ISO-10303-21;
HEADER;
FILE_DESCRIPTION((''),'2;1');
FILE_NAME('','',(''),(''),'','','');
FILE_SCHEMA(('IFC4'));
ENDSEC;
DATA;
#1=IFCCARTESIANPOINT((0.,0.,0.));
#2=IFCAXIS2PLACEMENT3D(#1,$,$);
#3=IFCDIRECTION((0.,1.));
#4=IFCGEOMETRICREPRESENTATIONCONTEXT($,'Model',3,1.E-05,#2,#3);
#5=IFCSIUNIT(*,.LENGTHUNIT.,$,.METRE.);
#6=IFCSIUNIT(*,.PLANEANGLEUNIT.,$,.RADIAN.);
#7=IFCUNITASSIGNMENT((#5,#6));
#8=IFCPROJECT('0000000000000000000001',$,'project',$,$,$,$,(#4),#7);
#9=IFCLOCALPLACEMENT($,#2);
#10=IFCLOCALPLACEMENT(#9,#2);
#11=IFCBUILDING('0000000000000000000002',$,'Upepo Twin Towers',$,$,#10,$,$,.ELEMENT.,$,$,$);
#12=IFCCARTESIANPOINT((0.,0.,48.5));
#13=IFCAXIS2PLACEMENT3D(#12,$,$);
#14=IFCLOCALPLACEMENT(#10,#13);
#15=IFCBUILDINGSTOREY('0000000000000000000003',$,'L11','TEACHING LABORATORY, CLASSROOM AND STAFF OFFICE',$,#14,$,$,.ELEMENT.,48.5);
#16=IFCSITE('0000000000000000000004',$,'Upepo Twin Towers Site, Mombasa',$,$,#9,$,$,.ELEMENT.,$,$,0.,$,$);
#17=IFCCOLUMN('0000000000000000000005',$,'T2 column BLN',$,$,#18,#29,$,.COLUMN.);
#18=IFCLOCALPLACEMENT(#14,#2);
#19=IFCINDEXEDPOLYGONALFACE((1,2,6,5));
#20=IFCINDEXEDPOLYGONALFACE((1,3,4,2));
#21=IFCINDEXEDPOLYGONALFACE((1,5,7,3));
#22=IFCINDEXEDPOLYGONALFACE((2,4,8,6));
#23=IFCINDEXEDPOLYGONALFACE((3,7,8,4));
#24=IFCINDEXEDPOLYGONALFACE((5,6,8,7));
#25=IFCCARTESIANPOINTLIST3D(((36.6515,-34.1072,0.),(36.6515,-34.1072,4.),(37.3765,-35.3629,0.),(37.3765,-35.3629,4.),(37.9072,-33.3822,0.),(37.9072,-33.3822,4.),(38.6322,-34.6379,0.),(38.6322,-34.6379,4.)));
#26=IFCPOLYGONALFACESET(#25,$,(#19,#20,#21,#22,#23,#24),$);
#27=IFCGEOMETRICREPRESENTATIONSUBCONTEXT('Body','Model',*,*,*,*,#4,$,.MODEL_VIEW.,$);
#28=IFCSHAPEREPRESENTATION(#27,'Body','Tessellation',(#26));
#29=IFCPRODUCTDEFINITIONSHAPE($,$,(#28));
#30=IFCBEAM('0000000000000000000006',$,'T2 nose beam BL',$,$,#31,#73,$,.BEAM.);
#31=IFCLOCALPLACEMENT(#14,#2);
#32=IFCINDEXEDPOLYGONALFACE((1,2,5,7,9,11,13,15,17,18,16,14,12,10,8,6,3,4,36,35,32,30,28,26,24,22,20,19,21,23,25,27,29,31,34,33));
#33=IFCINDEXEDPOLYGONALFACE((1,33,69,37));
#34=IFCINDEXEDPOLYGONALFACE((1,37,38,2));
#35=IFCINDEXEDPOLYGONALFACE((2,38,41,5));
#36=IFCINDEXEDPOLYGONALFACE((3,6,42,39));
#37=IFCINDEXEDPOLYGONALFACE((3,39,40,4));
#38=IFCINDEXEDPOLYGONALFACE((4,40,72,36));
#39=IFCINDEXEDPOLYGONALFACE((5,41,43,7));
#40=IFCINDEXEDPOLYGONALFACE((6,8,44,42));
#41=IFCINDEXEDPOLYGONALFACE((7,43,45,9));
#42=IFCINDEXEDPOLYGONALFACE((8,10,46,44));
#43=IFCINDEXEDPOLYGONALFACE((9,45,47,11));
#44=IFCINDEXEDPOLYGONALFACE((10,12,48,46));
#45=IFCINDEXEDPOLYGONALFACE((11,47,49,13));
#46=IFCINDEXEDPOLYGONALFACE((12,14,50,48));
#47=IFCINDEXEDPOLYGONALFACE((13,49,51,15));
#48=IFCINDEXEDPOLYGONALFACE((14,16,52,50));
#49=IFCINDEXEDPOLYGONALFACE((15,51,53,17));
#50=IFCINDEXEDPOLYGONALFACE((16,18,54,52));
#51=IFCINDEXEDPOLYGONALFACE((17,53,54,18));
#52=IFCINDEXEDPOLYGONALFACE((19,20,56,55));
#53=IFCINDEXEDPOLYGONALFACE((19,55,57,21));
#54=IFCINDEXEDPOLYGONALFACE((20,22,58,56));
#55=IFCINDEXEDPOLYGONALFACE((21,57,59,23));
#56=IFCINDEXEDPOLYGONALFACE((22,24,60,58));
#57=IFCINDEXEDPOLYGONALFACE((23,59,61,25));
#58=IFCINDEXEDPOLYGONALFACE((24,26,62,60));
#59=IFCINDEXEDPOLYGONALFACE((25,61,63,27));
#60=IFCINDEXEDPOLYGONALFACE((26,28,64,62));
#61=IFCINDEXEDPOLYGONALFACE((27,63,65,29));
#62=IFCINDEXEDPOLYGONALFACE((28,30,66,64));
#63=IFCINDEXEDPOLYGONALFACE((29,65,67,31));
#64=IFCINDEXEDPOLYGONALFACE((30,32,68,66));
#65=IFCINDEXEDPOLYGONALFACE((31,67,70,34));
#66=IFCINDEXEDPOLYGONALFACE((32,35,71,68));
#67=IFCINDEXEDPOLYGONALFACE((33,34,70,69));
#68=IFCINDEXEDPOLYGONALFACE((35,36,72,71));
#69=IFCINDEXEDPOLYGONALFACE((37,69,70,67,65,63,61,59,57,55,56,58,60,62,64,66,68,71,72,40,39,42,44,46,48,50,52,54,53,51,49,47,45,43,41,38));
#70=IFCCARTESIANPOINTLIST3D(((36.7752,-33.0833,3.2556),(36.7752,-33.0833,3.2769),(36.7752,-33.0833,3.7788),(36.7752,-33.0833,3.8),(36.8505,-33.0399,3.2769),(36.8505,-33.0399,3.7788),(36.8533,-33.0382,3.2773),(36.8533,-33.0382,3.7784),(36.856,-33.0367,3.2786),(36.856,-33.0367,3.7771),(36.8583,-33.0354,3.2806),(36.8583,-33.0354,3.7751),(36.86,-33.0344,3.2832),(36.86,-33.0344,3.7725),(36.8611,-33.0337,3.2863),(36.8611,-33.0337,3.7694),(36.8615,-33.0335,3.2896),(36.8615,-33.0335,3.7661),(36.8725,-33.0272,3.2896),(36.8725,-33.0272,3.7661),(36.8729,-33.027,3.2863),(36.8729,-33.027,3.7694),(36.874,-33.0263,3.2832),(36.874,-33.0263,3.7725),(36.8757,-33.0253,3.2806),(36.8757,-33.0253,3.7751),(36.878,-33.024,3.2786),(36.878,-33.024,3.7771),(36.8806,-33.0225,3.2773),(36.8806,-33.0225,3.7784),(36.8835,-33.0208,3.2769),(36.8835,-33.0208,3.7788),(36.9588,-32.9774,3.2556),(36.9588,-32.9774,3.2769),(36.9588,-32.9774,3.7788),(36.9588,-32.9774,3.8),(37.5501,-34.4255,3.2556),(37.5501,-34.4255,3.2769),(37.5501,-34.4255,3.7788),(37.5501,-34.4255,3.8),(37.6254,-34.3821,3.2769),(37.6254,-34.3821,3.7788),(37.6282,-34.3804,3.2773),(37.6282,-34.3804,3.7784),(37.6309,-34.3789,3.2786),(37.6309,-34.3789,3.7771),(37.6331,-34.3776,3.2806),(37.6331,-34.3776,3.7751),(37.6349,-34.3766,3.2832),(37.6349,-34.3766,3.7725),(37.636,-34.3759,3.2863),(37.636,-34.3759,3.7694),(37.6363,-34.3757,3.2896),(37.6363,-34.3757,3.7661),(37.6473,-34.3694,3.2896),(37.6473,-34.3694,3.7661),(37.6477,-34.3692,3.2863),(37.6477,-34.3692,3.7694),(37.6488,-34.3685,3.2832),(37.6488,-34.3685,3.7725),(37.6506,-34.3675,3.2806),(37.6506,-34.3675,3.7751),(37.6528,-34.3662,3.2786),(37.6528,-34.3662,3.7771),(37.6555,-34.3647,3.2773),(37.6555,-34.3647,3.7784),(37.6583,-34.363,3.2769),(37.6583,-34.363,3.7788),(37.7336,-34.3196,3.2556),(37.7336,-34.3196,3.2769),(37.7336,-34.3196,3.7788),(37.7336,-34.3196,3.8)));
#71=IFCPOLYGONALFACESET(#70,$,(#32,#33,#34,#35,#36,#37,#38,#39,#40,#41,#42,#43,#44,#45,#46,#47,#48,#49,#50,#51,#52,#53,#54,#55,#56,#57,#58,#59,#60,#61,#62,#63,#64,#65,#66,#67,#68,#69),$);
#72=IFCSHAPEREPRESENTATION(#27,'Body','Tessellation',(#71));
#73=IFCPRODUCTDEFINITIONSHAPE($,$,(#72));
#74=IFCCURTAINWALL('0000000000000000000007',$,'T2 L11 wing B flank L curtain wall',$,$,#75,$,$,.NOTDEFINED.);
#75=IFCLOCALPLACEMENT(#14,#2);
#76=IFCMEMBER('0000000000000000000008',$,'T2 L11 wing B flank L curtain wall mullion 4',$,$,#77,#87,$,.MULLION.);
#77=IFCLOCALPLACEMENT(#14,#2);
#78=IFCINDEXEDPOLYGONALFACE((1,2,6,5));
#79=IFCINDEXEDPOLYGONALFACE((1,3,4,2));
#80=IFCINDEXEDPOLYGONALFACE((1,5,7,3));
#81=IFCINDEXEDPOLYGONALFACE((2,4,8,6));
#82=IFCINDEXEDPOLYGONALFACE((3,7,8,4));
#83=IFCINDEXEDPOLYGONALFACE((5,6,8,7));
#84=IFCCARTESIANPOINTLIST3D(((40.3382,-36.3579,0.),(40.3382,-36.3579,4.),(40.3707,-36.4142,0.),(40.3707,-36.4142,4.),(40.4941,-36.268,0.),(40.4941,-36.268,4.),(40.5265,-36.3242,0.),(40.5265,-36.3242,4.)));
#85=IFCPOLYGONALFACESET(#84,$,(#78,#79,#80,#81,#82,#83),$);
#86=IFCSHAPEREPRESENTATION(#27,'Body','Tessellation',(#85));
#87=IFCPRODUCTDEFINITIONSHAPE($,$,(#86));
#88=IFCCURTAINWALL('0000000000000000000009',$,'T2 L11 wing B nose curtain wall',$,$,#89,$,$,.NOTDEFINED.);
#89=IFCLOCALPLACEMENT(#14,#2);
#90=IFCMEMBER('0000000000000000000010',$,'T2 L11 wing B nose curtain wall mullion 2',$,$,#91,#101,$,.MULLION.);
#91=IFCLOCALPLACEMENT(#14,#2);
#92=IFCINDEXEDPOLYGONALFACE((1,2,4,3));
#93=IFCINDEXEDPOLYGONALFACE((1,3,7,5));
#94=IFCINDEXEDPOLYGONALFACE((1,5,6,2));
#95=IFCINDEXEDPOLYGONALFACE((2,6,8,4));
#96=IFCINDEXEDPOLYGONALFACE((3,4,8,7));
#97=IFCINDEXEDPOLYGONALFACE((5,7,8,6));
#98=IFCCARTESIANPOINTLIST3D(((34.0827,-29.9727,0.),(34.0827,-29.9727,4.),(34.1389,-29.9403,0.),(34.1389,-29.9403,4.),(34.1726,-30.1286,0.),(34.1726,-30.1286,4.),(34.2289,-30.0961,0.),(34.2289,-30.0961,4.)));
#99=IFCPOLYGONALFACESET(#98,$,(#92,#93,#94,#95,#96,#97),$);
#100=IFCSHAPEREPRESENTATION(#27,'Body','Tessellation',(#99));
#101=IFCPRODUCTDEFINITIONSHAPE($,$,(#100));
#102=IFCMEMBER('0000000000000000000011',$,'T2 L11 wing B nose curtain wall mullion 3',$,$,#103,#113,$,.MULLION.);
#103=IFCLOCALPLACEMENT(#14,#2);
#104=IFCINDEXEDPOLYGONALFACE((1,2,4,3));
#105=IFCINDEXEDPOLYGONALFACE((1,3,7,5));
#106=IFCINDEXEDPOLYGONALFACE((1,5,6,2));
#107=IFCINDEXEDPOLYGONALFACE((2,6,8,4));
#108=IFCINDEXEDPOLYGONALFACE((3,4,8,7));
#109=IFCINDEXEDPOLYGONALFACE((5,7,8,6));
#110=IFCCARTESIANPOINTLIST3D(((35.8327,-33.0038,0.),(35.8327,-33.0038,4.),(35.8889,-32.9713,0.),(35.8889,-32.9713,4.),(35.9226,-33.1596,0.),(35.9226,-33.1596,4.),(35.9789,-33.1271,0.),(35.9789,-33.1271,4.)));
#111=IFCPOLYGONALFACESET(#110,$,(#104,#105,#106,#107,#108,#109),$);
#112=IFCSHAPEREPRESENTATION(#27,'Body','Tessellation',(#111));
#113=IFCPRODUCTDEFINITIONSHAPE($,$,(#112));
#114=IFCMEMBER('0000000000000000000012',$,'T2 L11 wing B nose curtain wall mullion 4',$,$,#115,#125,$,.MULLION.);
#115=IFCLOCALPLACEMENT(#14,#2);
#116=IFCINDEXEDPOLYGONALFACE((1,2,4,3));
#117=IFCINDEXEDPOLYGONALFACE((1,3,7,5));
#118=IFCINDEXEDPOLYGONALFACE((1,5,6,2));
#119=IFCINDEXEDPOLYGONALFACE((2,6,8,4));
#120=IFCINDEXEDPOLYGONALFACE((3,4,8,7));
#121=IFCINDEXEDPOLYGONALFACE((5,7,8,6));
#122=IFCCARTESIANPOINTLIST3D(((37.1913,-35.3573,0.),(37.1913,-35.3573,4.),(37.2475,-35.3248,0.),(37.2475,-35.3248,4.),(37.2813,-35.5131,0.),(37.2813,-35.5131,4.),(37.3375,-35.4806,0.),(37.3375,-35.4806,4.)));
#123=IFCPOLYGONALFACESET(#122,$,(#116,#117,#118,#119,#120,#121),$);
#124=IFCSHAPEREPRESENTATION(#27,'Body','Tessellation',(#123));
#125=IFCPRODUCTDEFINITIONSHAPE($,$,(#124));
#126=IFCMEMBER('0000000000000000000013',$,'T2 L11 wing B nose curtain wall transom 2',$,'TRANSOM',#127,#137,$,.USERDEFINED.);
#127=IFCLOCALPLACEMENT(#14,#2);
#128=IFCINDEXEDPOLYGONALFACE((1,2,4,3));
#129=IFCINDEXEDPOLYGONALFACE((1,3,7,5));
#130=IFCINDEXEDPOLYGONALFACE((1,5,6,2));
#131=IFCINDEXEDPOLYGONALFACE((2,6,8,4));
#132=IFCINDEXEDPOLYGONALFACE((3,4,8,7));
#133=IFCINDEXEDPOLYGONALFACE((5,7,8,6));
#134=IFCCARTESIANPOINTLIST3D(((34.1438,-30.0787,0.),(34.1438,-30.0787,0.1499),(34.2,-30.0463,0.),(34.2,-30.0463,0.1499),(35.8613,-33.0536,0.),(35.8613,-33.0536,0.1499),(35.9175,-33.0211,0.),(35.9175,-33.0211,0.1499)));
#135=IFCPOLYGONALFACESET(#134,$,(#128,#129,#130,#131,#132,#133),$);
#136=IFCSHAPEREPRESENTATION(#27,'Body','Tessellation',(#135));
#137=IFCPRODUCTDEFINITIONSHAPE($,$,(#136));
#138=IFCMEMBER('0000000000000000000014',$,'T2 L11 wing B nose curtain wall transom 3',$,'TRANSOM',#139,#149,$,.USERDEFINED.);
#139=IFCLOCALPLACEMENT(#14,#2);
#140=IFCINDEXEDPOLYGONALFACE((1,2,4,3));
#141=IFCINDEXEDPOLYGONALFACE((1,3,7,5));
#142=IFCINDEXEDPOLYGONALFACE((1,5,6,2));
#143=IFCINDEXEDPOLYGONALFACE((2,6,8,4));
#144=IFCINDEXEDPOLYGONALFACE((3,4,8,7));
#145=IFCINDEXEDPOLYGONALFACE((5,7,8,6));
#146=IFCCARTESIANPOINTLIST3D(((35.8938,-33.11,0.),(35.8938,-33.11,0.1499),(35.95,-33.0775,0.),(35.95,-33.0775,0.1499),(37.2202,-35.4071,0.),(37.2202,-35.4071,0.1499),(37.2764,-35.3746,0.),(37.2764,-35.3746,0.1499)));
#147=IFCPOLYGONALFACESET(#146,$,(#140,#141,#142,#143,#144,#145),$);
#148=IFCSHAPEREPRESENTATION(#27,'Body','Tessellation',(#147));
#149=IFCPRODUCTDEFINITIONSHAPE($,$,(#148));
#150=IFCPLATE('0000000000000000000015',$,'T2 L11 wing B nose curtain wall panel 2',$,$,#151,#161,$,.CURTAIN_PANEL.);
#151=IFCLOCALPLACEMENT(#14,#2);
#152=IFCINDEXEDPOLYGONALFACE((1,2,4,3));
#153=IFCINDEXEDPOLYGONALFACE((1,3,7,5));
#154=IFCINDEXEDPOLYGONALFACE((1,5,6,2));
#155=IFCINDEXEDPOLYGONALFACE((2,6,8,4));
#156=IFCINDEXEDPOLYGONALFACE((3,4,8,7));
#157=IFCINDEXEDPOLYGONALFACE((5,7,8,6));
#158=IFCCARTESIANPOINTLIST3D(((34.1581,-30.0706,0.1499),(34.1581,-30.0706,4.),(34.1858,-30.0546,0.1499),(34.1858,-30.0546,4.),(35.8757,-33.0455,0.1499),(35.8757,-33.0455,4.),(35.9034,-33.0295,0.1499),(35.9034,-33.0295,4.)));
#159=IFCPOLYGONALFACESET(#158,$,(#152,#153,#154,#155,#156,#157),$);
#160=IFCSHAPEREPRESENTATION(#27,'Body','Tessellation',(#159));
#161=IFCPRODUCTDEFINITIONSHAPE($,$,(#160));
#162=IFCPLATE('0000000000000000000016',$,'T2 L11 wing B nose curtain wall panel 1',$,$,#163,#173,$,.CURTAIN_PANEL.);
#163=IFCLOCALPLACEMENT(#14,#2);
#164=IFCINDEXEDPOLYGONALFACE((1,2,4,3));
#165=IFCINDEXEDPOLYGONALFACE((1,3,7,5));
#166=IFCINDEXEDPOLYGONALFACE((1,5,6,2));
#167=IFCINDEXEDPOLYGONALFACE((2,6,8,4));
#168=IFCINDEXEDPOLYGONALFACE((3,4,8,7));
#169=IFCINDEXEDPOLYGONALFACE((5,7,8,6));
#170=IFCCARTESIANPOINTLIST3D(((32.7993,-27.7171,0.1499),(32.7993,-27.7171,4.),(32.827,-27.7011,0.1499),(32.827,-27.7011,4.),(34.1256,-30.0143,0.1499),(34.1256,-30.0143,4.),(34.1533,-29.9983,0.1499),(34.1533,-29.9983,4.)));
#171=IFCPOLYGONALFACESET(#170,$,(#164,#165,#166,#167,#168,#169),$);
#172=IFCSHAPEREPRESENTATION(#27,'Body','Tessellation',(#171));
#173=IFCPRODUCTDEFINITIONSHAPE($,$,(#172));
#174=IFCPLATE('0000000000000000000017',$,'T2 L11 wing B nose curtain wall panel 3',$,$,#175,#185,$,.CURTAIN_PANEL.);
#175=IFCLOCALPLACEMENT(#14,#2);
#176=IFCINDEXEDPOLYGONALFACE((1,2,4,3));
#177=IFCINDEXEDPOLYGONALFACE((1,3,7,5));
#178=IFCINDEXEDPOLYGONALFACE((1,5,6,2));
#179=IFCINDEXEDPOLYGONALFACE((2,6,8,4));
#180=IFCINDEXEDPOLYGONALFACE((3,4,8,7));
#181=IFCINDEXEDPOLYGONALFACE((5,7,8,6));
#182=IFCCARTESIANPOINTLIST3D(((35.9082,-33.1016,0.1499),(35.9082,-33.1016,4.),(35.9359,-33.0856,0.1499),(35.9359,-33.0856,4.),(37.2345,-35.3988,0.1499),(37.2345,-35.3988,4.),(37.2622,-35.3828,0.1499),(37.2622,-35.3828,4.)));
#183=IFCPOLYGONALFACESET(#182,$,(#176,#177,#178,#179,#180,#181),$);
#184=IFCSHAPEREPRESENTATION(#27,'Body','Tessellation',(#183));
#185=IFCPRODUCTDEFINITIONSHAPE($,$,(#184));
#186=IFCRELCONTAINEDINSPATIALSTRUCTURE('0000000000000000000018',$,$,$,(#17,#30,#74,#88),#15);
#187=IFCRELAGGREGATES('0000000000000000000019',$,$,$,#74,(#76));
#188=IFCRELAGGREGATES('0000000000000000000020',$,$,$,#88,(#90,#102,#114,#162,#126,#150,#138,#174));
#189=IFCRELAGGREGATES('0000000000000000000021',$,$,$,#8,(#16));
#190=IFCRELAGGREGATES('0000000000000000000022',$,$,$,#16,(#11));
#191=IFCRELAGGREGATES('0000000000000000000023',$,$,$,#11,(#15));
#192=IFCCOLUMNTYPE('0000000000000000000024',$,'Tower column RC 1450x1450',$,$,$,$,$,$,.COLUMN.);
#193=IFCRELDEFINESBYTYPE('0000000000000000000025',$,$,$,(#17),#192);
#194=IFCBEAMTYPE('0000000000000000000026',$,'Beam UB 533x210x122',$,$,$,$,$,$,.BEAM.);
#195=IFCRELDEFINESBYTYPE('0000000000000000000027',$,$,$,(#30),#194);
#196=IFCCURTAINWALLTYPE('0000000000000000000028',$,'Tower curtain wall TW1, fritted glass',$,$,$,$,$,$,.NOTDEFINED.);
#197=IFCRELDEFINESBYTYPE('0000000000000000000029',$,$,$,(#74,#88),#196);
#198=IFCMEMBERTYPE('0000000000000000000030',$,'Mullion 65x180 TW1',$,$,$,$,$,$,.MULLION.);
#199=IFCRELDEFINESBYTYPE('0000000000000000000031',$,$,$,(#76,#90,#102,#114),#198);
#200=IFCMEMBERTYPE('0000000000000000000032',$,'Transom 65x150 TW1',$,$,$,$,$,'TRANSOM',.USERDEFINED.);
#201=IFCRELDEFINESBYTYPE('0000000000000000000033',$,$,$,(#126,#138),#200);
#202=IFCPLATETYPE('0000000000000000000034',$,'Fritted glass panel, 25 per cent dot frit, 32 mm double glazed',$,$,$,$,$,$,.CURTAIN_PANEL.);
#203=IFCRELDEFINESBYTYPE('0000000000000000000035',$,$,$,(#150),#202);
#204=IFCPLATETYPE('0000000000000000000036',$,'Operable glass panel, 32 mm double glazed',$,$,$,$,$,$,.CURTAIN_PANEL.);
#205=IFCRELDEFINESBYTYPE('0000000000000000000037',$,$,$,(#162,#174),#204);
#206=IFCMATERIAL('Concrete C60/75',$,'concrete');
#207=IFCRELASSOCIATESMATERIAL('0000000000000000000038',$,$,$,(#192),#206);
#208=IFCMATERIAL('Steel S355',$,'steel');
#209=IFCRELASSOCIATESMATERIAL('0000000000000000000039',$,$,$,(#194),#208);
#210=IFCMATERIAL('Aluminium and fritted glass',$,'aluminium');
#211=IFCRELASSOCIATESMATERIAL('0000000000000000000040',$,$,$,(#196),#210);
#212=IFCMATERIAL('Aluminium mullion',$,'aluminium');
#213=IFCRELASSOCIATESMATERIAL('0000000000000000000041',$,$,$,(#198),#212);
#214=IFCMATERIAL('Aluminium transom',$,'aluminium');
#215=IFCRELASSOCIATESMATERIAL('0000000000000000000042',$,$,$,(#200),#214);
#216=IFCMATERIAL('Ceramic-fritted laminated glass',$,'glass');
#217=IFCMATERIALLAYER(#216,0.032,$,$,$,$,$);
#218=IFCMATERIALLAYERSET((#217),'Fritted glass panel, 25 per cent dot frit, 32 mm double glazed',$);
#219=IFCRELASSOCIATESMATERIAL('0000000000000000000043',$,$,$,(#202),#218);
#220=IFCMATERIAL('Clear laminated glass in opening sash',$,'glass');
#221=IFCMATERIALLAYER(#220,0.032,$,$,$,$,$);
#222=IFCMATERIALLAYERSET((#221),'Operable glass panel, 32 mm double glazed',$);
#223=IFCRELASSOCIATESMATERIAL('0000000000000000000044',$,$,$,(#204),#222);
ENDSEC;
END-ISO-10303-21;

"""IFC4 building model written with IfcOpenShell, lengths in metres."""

from ifc_helpers import new_model, si_unit, direction, frame, origin, origin_2d, place, context, subcontext, project, spatial, rectangle, i_section, extrude, material, layer, layer_set, material_profile, profile_set, type_object, element, aggregate, save


model = new_model("IFC4")

# Units and contexts
model_context = context("Model", 3, precision=1e-05, world=origin(), true_north=direction((0.0, 1.0)))
body_context = subcontext(model_context, "Body", "Model", "MODEL_VIEW")
ifc_project = project(units=[si_unit("LENGTHUNIT", "METRE"), si_unit("PLANEANGLEUNIT", "RADIAN")], contexts=[model_context])

# Site, building, storey
site_placement = place(None, origin())
site = spatial("IfcSite", under=ifc_project, at=site_placement, Name="Upepo Twin Towers Site, Mombasa", CompositionType="ELEMENT", RefElevation=0.0)
building_placement = place(site_placement, origin())
building = spatial("IfcBuilding", under=site, at=building_placement, Name="Upepo Twin Towers", CompositionType="ELEMENT")
storey_placement = place(building_placement, frame((0.0, 0.0, 48.5)))
storey = spatial("IfcBuildingStorey", under=building, at=storey_placement, Name="L11", Description="TEACHING LABORATORY, CLASSROOM AND STAFF OFFICE", CompositionType="ELEMENT", Elevation=48.5)

# Column
ifc_material_1 = material(Name="Concrete C60/75", Category="concrete")
ifc_material_profile_1 = material_profile(ifc_material_1, rectangle(XDim=1.45, YDim=1.45, at=origin_2d()), Name="RC 1450x1450")
ifc_profile_set_1 = profile_set([ifc_material_profile_1], Name="Concrete C60/75")
column_type = type_object("IfcColumnType", Name="Tower column RC 1450x1450", PredefinedType="COLUMN", material=ifc_profile_set_1)
column_placement = place(storey_placement, frame((37.6418, -34.3726, 0.0), z_axis=(0.0, 0.0, 1.0), x_axis=(0.866025, 0.5, 0.0)))
element("IfcColumn", 1, at=column_placement, inside=storey, type_object=column_type, Name="T2 column BLN", PredefinedType="COLUMN", context=body_context, shape_type="SweptSolid", body=[
    extrude(rectangle(XDim=1.45, YDim=1.45, at=origin_2d()), origin(), (0.0, 0.0, 1.0), 4.0),
])

# Beam
ifc_material_2 = material(Name="Steel S355", Category="steel")
ifc_material_profile_2 = material_profile(ifc_material_2, i_section(OverallWidth=0.2119, OverallDepth=0.5444, WebThickness=0.0127, FlangeThickness=0.0212, FilletRadius=0.0127, at=origin_2d()), Name="UB 533x210x122")
ifc_profile_set_2 = profile_set([ifc_material_profile_2], Name="Steel S355")
beam_type = type_object("IfcBeamType", Name="Beam UB 533x210x122", PredefinedType="BEAM", material=ifc_profile_set_2)
beam_placement = place(storey_placement, frame((37.6418, -34.3726, 3.5278), z_axis=(-0.499968, 0.866044, 0.0), x_axis=(-0.866044, -0.499968, 0.0)))
element("IfcBeam", 2, at=beam_placement, inside=storey, type_object=beam_type, Name="T2 nose beam BL", PredefinedType="BEAM", context=body_context, shape_type="SweptSolid", body=[
    extrude(i_section(OverallWidth=0.2119, OverallDepth=0.5444, WebThickness=0.0127, FlangeThickness=0.0212, FilletRadius=0.0127, at=origin_2d()), origin(), (0.0, 0.0, 1.0), 1.5498),
])

# Curtain wall, member
ifc_material_3 = material(Name="Aluminium and fritted glass", Category="aluminium")
curtain_wall_type = type_object("IfcCurtainWallType", Name="Tower curtain wall TW1, fritted glass", PredefinedType="NOTDEFINED", material=ifc_material_3)
curtain_wall_1_placement = place(storey_placement, origin())
curtain_wall_1 = element("IfcCurtainWall", 3, at=curtain_wall_1_placement, inside=storey, type_object=curtain_wall_type, Name="T2 L11 wing B flank L curtain wall", PredefinedType="NOTDEFINED")
ifc_material_4 = material(Name="Aluminium mullion", Category="aluminium")
ifc_material_profile_3 = material_profile(ifc_material_4, rectangle(XDim=0.0649, YDim=0.1799, at=origin_2d()), Name="MULLION 65x180")
ifc_profile_set_3 = profile_set([ifc_material_profile_3], Name="Aluminium mullion")
member_type_1 = type_object("IfcMemberType", Name="Mullion 65x180 TW1", PredefinedType="MULLION", material=ifc_profile_set_3)
member_1_placement = place(storey_placement, frame((40.4324, -36.3411, 0.0), z_axis=(0.0, 0.0, 1.0), x_axis=(0.5, -0.866025, 0.0)))
member_1 = element("IfcMember", 4, at=member_1_placement, type_object=member_type_1, Name="T2 L11 wing B flank L curtain wall mullion 4", PredefinedType="MULLION", context=body_context, shape_type="SweptSolid", body=[
    extrude(rectangle(XDim=0.0649, YDim=0.1799, at=origin_2d()), origin(), (0.0, 0.0, 1.0), 4.0),
])
aggregate(curtain_wall_1, [member_1])

# Curtain wall, members, plates
curtain_wall_2_placement = place(storey_placement, origin())
curtain_wall_2 = element("IfcCurtainWall", 5, at=curtain_wall_2_placement, inside=storey, type_object=curtain_wall_type, Name="T2 L11 wing B nose curtain wall", PredefinedType="NOTDEFINED")
member_2_placement = place(storey_placement, frame((34.1558, -30.0344, 0.0), z_axis=(0.0, 0.0, 1.0), x_axis=(0.866025, 0.5, 0.0)))
member_2 = element("IfcMember", 6, at=member_2_placement, type_object=member_type_1, Name="T2 L11 wing B nose curtain wall mullion 2", PredefinedType="MULLION", context=body_context, shape_type="SweptSolid", body=[
    extrude(rectangle(XDim=0.0649, YDim=0.1799, at=origin_2d()), origin(), (0.0, 0.0, 1.0), 4.0),
])
member_3_placement = place(storey_placement, frame((35.9058, -33.0654, 0.0), z_axis=(0.0, 0.0, 1.0), x_axis=(0.866025, 0.5, 0.0)))
member_3 = element("IfcMember", 7, at=member_3_placement, type_object=member_type_1, Name="T2 L11 wing B nose curtain wall mullion 3", PredefinedType="MULLION", context=body_context, shape_type="SweptSolid", body=[
    extrude(rectangle(XDim=0.0649, YDim=0.1799, at=origin_2d()), origin(), (0.0, 0.0, 1.0), 4.0),
])
member_4_placement = place(storey_placement, frame((37.2644, -35.4189, 0.0), z_axis=(0.0, 0.0, 1.0), x_axis=(0.866025, 0.5, 0.0)))
member_4 = element("IfcMember", 8, at=member_4_placement, type_object=member_type_1, Name="T2 L11 wing B nose curtain wall mullion 4", PredefinedType="MULLION", context=body_context, shape_type="SweptSolid", body=[
    extrude(rectangle(XDim=0.0649, YDim=0.1799, at=origin_2d()), origin(), (0.0, 0.0, 1.0), 4.0),
])
ifc_material_5 = material(Name="Aluminium transom", Category="aluminium")
ifc_material_profile_4 = material_profile(ifc_material_5, rectangle(XDim=0.0649, YDim=0.1499, at=origin_2d()), Name="TRANSOM 65x150")
ifc_profile_set_4 = profile_set([ifc_material_profile_4], Name="Aluminium transom")
member_type_2 = type_object("IfcMemberType", Name="Transom 65x150 TW1", ElementType="TRANSOM", PredefinedType="USERDEFINED", material=ifc_profile_set_4)
member_5_placement = place(storey_placement, frame((34.1719, -30.0625, 0.075), z_axis=(0.499999, -0.866026, 0.0), x_axis=(0.866026, 0.499999, 0.0)))
member_5 = element("IfcMember", 9, at=member_5_placement, type_object=member_type_2, Name="T2 L11 wing B nose curtain wall transom 2", ObjectType="TRANSOM", PredefinedType="USERDEFINED", context=body_context, shape_type="SweptSolid", body=[
    extrude(rectangle(XDim=0.0649, YDim=0.1499, at=origin_2d()), origin(), (0.0, 0.0, 1.0), 3.4351),
])
member_6_placement = place(storey_placement, frame((35.9219, -33.0938, 0.075), z_axis=(0.500049, -0.865997, 0.0), x_axis=(0.865997, 0.500049, 0.0)))
member_6 = element("IfcMember", 10, at=member_6_placement, type_object=member_type_2, Name="T2 L11 wing B nose curtain wall transom 3", ObjectType="TRANSOM", PredefinedType="USERDEFINED", context=body_context, shape_type="SweptSolid", body=[
    extrude(rectangle(XDim=0.0649, YDim=0.1499, at=origin_2d()), origin(), (0.0, 0.0, 1.0), 2.6526),
])
ifc_material_6 = material(Name="Ceramic-fritted laminated glass", Category="glass")
ifc_layer_1 = layer(ifc_material_6, 0.032)
ifc_layer_set_1 = layer_set([ifc_layer_1], Name="Fritted glass panel, 25 per cent dot frit, 32 mm double glazed")
plate_type_1 = type_object("IfcPlateType", Name="Fritted glass panel, 25 per cent dot frit, 32 mm double glazed", PredefinedType="CURTAIN_PANEL", material=ifc_layer_set_1)
plate_1_placement = place(storey_placement, frame((35.0308, -31.55, 0.1499), z_axis=(0.0, 0.0, 1.0), x_axis=(0.5, -0.866025, 0.0)))
plate_1 = element("IfcPlate", 11, at=plate_1_placement, type_object=plate_type_1, Name="T2 L11 wing B nose curtain wall panel 2", PredefinedType="CURTAIN_PANEL", context=body_context, shape_type="SweptSolid", body=[
    extrude(rectangle(XDim=3.4351, YDim=0.032, at=origin_2d()), origin(), (0.0, 0.0, 1.0), 3.8501),
])
ifc_material_7 = material(Name="Clear laminated glass in opening sash", Category="glass")
ifc_layer_2 = layer(ifc_material_7, 0.032)
ifc_layer_set_2 = layer_set([ifc_layer_2], Name="Operable glass panel, 32 mm double glazed")
plate_type_2 = type_object("IfcPlateType", Name="Operable glass panel, 32 mm double glazed", PredefinedType="CURTAIN_PANEL", material=ifc_layer_set_2)
plate_2_placement = place(storey_placement, frame((33.4763, -28.8577, 0.1499), z_axis=(0.0, 0.0, 1.0), x_axis=(0.5, -0.866025, 0.0)))
plate_2 = element("IfcPlate", 12, at=plate_2_placement, type_object=plate_type_2, Name="T2 L11 wing B nose curtain wall panel 1", PredefinedType="CURTAIN_PANEL", context=body_context, shape_type="SweptSolid", body=[
    extrude(rectangle(XDim=2.6526, YDim=0.032, at=origin_2d()), origin(), (0.0, 0.0, 1.0), 3.8501),
])
plate_3_placement = place(storey_placement, frame((36.5852, -34.2422, 0.1499), z_axis=(0.0, 0.0, 1.0), x_axis=(0.5, -0.866025, 0.0)))
plate_3 = element("IfcPlate", 13, at=plate_3_placement, type_object=plate_type_2, Name="T2 L11 wing B nose curtain wall panel 3", PredefinedType="CURTAIN_PANEL", context=body_context, shape_type="SweptSolid", body=[
    extrude(rectangle(XDim=2.6526, YDim=0.032, at=origin_2d()), origin(), (0.0, 0.0, 1.0), 3.8501),
])
aggregate(curtain_wall_2, [member_2, member_3, member_4, plate_2, member_5, plate_1, member_6, plate_3])

save(model, "model.ifc")
